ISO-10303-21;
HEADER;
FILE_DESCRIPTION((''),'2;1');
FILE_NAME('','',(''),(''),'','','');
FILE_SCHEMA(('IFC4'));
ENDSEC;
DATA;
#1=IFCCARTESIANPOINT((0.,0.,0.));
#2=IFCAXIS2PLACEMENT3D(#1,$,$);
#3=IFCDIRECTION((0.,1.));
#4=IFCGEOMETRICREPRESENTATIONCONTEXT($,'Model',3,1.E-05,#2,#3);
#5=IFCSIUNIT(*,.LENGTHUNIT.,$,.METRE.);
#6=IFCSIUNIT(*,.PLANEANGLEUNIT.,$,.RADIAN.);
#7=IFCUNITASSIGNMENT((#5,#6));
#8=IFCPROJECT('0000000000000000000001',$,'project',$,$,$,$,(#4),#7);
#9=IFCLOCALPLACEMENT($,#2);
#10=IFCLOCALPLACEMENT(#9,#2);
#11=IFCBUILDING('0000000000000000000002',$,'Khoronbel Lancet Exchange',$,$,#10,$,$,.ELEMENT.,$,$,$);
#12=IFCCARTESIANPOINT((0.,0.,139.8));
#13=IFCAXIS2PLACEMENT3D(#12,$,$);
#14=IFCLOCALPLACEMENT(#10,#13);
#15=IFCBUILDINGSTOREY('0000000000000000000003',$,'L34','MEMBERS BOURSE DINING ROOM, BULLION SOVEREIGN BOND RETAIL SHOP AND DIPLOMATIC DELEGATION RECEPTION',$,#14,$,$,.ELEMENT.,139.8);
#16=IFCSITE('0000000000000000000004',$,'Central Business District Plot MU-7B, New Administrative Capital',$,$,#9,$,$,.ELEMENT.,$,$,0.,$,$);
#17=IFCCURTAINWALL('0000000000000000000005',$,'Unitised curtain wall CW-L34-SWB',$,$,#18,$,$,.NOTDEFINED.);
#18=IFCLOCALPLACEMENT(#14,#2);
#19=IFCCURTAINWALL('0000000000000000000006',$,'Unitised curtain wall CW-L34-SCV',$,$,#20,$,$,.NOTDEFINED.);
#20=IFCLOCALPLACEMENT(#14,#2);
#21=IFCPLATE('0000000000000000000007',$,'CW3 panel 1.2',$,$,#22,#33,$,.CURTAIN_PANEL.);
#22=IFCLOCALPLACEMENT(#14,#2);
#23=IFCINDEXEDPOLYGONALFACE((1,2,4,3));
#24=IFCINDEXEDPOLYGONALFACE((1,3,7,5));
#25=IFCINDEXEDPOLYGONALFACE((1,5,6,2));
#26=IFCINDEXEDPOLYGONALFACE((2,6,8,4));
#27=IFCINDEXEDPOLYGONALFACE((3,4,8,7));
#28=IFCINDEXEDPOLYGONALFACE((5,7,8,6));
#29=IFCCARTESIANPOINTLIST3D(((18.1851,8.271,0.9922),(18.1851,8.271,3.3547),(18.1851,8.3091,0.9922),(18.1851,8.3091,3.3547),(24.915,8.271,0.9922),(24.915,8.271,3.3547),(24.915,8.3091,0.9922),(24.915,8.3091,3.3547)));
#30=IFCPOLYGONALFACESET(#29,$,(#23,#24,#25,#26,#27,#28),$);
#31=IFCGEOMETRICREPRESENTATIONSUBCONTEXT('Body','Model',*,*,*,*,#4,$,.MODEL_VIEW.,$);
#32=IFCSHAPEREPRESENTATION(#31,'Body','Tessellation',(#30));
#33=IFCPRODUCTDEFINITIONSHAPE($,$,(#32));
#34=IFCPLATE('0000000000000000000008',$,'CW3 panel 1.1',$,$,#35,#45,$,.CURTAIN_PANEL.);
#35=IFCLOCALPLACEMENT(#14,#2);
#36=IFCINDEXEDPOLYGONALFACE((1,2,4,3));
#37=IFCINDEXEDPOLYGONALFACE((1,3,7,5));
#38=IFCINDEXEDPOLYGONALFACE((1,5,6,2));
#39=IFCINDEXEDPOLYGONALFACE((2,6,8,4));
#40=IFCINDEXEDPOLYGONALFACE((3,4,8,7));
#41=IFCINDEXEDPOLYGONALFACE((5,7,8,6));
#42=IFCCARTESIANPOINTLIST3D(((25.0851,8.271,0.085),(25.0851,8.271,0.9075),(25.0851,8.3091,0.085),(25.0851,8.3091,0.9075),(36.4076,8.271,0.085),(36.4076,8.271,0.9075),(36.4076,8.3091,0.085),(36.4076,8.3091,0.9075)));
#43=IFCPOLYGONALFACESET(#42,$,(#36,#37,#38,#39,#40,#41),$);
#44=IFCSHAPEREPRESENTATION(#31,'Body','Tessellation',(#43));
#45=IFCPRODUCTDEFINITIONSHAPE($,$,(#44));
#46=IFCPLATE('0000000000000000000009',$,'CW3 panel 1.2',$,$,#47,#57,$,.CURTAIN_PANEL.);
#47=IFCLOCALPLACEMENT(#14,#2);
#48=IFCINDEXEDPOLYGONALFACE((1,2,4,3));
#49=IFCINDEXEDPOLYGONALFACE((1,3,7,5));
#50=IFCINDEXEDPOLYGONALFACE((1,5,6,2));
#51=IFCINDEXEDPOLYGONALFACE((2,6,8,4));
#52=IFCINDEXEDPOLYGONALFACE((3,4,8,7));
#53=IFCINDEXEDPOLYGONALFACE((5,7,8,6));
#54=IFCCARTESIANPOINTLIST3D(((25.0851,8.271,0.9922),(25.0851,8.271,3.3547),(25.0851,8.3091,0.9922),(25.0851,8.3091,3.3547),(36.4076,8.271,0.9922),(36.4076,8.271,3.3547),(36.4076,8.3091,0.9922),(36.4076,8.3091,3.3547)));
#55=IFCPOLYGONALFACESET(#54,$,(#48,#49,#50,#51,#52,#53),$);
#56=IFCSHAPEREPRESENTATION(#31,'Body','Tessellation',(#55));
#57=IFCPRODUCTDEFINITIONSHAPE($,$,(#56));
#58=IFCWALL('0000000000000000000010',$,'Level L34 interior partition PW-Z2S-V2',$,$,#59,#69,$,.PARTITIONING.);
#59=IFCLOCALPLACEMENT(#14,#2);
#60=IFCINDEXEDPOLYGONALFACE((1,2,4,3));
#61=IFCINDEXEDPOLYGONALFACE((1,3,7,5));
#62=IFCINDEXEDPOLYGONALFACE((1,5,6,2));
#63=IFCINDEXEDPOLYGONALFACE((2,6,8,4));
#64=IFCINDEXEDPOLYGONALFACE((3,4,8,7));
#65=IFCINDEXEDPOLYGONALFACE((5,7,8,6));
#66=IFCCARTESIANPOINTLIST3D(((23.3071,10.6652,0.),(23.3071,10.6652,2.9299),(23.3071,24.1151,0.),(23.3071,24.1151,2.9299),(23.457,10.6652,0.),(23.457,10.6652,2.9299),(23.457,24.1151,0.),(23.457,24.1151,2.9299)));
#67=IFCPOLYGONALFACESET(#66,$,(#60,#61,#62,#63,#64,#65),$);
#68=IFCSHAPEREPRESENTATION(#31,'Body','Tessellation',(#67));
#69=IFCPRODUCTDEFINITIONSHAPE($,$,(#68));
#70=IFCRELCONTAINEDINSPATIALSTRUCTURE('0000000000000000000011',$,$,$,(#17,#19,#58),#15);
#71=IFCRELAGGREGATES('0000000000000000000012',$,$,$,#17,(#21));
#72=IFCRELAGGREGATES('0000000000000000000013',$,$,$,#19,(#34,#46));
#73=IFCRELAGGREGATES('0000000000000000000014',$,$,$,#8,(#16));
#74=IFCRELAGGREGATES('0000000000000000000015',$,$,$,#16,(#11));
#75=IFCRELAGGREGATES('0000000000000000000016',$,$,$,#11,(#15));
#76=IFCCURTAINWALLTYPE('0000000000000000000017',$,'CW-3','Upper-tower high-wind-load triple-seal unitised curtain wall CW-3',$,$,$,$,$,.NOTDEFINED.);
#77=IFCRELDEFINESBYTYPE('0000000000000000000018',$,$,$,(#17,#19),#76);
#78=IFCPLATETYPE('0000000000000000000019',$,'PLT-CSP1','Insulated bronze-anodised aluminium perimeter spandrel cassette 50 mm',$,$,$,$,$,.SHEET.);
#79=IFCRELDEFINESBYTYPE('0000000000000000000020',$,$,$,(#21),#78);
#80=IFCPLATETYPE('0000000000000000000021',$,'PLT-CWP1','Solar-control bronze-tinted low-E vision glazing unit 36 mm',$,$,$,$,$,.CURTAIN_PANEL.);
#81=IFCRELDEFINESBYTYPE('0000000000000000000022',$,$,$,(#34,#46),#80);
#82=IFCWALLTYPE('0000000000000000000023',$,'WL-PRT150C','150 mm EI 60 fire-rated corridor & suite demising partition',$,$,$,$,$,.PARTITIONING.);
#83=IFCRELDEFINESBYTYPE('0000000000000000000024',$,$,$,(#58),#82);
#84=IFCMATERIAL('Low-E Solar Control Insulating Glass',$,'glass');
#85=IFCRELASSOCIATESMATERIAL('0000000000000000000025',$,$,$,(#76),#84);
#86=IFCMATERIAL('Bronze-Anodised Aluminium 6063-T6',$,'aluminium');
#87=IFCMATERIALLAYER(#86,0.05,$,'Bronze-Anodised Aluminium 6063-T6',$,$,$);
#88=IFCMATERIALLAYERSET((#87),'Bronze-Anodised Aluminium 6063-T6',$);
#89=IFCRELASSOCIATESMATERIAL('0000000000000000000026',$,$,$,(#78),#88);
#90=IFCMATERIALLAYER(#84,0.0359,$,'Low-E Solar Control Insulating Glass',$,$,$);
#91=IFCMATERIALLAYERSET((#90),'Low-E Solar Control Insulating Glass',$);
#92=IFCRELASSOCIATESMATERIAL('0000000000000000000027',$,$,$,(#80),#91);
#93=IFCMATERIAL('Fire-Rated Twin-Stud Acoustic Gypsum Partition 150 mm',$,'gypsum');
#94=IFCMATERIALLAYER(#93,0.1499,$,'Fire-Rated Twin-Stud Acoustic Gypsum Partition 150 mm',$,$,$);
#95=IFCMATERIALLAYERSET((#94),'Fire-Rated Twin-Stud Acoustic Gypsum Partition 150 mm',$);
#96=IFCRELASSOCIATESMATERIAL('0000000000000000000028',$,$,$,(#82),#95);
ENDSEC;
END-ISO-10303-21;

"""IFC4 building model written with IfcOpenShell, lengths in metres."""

from ifc_helpers import new_model, si_unit, direction, frame, frame_2d, origin, origin_2d, place, context, subcontext, project, spatial, rectangle, extrude, material, layer, layer_set, type_object, element, aggregate, save


model = new_model("IFC4")

# Units and contexts
model_context = context("Model", 3, precision=1e-05, world=origin(), true_north=direction((0.0, 1.0)))
body_context = subcontext(model_context, "Body", "Model", "MODEL_VIEW")
ifc_project = project(units=[si_unit("LENGTHUNIT", "METRE"), si_unit("PLANEANGLEUNIT", "RADIAN")], contexts=[model_context])

# Site, building, storey
site_placement = place(None, origin())
site = spatial("IfcSite", under=ifc_project, at=site_placement, Name="Central Business District Plot MU-7B, New Administrative Capital", CompositionType="ELEMENT", RefElevation=0.0)
building_placement = place(site_placement, origin())
building = spatial("IfcBuilding", under=site, at=building_placement, Name="Khoronbel Lancet Exchange", CompositionType="ELEMENT")
storey_placement = place(building_placement, frame((0.0, 0.0, 139.8)))
storey = spatial("IfcBuildingStorey", under=building, at=storey_placement, Name="L34", Description="MEMBERS BOURSE DINING ROOM, BULLION SOVEREIGN BOND RETAIL SHOP AND DIPLOMATIC DELEGATION RECEPTION", CompositionType="ELEMENT", Elevation=139.8)

# Curtain walls
ifc_material_1 = material(Name="Low-E Solar Control Insulating Glass", Category="glass")
curtain_wall_type = type_object("IfcCurtainWallType", Name="CW-3", Description="Upper-tower high-wind-load triple-seal unitised curtain wall CW-3", PredefinedType="NOTDEFINED", material=ifc_material_1)
curtain_wall_1_placement = place(storey_placement, origin())
curtain_wall_1 = element("IfcCurtainWall", 1, at=curtain_wall_1_placement, inside=storey, type_object=curtain_wall_type, Name="Unitised curtain wall CW-L34-SWB", PredefinedType="NOTDEFINED")
ifc_material_2 = material(Name="Bronze-Anodised Aluminium 6063-T6", Category="aluminium")
curtain_wall_2_placement = place(storey_placement, origin())
curtain_wall_2 = element("IfcCurtainWall", 2, at=curtain_wall_2_placement, inside=storey, type_object=curtain_wall_type, Name="Unitised curtain wall CW-L34-SCV", PredefinedType="NOTDEFINED")

# Plates
ifc_layer_1 = layer(ifc_material_2, 0.05, Name="Bronze-Anodised Aluminium 6063-T6")
ifc_layer_set_1 = layer_set([ifc_layer_1], Name="Bronze-Anodised Aluminium 6063-T6")
plate_type_1 = type_object("IfcPlateType", Name="PLT-CSP1", Description="Insulated bronze-anodised aluminium perimeter spandrel cassette 50 mm", PredefinedType="SHEET", material=ifc_layer_set_1)
plate_1_placement = place(storey_placement, frame((21.55, 8.29, 0.9922), z_axis=(0.0, 0.0, 1.0), x_axis=(1.0, 0.0, 0.0)))
plate_1 = element("IfcPlate", 3, at=plate_1_placement, type_object=plate_type_1, Name="CW3 panel 1.2", PredefinedType="CURTAIN_PANEL", context=body_context, shape_type="SweptSolid", body=[
    extrude(rectangle(XDim=6.73, YDim=0.0381, at=origin_2d()), origin(), (0.0, 0.0, 1.0), 2.3625),
])
aggregate(curtain_wall_1, [plate_1])
ifc_layer_2 = layer(ifc_material_1, 0.0359, Name="Low-E Solar Control Insulating Glass")
ifc_layer_set_2 = layer_set([ifc_layer_2], Name="Low-E Solar Control Insulating Glass")
plate_type_2 = type_object("IfcPlateType", Name="PLT-CWP1", Description="Solar-control bronze-tinted low-E vision glazing unit 36 mm", PredefinedType="CURTAIN_PANEL", material=ifc_layer_set_2)
plate_2_placement = place(storey_placement, frame((30.7463, 8.29, 0.085), z_axis=(0.0, 0.0, 1.0), x_axis=(1.0, 0.0, 0.0)))
plate_2 = element("IfcPlate", 4, at=plate_2_placement, type_object=plate_type_2, Name="CW3 panel 1.1", PredefinedType="CURTAIN_PANEL", context=body_context, shape_type="SweptSolid", body=[
    extrude(rectangle(XDim=11.3225, YDim=0.0381, at=origin_2d()), origin(), (0.0, 0.0, 1.0), 0.8225),
])
plate_3_placement = place(storey_placement, frame((30.7463, 8.29, 0.9922), z_axis=(0.0, 0.0, 1.0), x_axis=(1.0, 0.0, 0.0)))
plate_3 = element("IfcPlate", 5, at=plate_3_placement, type_object=plate_type_2, Name="CW3 panel 1.2", PredefinedType="CURTAIN_PANEL", context=body_context, shape_type="SweptSolid", body=[
    extrude(rectangle(XDim=11.3225, YDim=0.0381, at=origin_2d()), origin(), (0.0, 0.0, 1.0), 2.3625),
])
aggregate(curtain_wall_2, [plate_2, plate_3])

# Wall
ifc_material_3 = material(Name="Fire-Rated Twin-Stud Acoustic Gypsum Partition 150 mm", Category="gypsum")
ifc_layer_3 = layer(ifc_material_3, 0.1499, Name="Fire-Rated Twin-Stud Acoustic Gypsum Partition 150 mm")
ifc_layer_set_3 = layer_set([ifc_layer_3], Name="Fire-Rated Twin-Stud Acoustic Gypsum Partition 150 mm")
wall_type = type_object("IfcWallType", Name="WL-PRT150C", Description="150 mm EI 60 fire-rated corridor & suite demising partition", PredefinedType="PARTITIONING", material=ifc_layer_set_3)
wall_placement = place(storey_placement, frame((23.3821, 10.665, 0.0), z_axis=(0.0, 0.0, 1.0), x_axis=(0.0, 1.0, 0.0)))
element("IfcWall", 6, at=wall_placement, inside=storey, type_object=wall_type, Name="Level L34 interior partition PW-Z2S-V2", PredefinedType="PARTITIONING", context=body_context, shape_type="SweptSolid", body=[
    extrude(rectangle(XDim=13.45, YDim=0.1499, at=frame_2d((6.7251, 0.0))), origin(), (0.0, 0.0, 1.0), 2.9299),
])

save(model, "model.ifc")
